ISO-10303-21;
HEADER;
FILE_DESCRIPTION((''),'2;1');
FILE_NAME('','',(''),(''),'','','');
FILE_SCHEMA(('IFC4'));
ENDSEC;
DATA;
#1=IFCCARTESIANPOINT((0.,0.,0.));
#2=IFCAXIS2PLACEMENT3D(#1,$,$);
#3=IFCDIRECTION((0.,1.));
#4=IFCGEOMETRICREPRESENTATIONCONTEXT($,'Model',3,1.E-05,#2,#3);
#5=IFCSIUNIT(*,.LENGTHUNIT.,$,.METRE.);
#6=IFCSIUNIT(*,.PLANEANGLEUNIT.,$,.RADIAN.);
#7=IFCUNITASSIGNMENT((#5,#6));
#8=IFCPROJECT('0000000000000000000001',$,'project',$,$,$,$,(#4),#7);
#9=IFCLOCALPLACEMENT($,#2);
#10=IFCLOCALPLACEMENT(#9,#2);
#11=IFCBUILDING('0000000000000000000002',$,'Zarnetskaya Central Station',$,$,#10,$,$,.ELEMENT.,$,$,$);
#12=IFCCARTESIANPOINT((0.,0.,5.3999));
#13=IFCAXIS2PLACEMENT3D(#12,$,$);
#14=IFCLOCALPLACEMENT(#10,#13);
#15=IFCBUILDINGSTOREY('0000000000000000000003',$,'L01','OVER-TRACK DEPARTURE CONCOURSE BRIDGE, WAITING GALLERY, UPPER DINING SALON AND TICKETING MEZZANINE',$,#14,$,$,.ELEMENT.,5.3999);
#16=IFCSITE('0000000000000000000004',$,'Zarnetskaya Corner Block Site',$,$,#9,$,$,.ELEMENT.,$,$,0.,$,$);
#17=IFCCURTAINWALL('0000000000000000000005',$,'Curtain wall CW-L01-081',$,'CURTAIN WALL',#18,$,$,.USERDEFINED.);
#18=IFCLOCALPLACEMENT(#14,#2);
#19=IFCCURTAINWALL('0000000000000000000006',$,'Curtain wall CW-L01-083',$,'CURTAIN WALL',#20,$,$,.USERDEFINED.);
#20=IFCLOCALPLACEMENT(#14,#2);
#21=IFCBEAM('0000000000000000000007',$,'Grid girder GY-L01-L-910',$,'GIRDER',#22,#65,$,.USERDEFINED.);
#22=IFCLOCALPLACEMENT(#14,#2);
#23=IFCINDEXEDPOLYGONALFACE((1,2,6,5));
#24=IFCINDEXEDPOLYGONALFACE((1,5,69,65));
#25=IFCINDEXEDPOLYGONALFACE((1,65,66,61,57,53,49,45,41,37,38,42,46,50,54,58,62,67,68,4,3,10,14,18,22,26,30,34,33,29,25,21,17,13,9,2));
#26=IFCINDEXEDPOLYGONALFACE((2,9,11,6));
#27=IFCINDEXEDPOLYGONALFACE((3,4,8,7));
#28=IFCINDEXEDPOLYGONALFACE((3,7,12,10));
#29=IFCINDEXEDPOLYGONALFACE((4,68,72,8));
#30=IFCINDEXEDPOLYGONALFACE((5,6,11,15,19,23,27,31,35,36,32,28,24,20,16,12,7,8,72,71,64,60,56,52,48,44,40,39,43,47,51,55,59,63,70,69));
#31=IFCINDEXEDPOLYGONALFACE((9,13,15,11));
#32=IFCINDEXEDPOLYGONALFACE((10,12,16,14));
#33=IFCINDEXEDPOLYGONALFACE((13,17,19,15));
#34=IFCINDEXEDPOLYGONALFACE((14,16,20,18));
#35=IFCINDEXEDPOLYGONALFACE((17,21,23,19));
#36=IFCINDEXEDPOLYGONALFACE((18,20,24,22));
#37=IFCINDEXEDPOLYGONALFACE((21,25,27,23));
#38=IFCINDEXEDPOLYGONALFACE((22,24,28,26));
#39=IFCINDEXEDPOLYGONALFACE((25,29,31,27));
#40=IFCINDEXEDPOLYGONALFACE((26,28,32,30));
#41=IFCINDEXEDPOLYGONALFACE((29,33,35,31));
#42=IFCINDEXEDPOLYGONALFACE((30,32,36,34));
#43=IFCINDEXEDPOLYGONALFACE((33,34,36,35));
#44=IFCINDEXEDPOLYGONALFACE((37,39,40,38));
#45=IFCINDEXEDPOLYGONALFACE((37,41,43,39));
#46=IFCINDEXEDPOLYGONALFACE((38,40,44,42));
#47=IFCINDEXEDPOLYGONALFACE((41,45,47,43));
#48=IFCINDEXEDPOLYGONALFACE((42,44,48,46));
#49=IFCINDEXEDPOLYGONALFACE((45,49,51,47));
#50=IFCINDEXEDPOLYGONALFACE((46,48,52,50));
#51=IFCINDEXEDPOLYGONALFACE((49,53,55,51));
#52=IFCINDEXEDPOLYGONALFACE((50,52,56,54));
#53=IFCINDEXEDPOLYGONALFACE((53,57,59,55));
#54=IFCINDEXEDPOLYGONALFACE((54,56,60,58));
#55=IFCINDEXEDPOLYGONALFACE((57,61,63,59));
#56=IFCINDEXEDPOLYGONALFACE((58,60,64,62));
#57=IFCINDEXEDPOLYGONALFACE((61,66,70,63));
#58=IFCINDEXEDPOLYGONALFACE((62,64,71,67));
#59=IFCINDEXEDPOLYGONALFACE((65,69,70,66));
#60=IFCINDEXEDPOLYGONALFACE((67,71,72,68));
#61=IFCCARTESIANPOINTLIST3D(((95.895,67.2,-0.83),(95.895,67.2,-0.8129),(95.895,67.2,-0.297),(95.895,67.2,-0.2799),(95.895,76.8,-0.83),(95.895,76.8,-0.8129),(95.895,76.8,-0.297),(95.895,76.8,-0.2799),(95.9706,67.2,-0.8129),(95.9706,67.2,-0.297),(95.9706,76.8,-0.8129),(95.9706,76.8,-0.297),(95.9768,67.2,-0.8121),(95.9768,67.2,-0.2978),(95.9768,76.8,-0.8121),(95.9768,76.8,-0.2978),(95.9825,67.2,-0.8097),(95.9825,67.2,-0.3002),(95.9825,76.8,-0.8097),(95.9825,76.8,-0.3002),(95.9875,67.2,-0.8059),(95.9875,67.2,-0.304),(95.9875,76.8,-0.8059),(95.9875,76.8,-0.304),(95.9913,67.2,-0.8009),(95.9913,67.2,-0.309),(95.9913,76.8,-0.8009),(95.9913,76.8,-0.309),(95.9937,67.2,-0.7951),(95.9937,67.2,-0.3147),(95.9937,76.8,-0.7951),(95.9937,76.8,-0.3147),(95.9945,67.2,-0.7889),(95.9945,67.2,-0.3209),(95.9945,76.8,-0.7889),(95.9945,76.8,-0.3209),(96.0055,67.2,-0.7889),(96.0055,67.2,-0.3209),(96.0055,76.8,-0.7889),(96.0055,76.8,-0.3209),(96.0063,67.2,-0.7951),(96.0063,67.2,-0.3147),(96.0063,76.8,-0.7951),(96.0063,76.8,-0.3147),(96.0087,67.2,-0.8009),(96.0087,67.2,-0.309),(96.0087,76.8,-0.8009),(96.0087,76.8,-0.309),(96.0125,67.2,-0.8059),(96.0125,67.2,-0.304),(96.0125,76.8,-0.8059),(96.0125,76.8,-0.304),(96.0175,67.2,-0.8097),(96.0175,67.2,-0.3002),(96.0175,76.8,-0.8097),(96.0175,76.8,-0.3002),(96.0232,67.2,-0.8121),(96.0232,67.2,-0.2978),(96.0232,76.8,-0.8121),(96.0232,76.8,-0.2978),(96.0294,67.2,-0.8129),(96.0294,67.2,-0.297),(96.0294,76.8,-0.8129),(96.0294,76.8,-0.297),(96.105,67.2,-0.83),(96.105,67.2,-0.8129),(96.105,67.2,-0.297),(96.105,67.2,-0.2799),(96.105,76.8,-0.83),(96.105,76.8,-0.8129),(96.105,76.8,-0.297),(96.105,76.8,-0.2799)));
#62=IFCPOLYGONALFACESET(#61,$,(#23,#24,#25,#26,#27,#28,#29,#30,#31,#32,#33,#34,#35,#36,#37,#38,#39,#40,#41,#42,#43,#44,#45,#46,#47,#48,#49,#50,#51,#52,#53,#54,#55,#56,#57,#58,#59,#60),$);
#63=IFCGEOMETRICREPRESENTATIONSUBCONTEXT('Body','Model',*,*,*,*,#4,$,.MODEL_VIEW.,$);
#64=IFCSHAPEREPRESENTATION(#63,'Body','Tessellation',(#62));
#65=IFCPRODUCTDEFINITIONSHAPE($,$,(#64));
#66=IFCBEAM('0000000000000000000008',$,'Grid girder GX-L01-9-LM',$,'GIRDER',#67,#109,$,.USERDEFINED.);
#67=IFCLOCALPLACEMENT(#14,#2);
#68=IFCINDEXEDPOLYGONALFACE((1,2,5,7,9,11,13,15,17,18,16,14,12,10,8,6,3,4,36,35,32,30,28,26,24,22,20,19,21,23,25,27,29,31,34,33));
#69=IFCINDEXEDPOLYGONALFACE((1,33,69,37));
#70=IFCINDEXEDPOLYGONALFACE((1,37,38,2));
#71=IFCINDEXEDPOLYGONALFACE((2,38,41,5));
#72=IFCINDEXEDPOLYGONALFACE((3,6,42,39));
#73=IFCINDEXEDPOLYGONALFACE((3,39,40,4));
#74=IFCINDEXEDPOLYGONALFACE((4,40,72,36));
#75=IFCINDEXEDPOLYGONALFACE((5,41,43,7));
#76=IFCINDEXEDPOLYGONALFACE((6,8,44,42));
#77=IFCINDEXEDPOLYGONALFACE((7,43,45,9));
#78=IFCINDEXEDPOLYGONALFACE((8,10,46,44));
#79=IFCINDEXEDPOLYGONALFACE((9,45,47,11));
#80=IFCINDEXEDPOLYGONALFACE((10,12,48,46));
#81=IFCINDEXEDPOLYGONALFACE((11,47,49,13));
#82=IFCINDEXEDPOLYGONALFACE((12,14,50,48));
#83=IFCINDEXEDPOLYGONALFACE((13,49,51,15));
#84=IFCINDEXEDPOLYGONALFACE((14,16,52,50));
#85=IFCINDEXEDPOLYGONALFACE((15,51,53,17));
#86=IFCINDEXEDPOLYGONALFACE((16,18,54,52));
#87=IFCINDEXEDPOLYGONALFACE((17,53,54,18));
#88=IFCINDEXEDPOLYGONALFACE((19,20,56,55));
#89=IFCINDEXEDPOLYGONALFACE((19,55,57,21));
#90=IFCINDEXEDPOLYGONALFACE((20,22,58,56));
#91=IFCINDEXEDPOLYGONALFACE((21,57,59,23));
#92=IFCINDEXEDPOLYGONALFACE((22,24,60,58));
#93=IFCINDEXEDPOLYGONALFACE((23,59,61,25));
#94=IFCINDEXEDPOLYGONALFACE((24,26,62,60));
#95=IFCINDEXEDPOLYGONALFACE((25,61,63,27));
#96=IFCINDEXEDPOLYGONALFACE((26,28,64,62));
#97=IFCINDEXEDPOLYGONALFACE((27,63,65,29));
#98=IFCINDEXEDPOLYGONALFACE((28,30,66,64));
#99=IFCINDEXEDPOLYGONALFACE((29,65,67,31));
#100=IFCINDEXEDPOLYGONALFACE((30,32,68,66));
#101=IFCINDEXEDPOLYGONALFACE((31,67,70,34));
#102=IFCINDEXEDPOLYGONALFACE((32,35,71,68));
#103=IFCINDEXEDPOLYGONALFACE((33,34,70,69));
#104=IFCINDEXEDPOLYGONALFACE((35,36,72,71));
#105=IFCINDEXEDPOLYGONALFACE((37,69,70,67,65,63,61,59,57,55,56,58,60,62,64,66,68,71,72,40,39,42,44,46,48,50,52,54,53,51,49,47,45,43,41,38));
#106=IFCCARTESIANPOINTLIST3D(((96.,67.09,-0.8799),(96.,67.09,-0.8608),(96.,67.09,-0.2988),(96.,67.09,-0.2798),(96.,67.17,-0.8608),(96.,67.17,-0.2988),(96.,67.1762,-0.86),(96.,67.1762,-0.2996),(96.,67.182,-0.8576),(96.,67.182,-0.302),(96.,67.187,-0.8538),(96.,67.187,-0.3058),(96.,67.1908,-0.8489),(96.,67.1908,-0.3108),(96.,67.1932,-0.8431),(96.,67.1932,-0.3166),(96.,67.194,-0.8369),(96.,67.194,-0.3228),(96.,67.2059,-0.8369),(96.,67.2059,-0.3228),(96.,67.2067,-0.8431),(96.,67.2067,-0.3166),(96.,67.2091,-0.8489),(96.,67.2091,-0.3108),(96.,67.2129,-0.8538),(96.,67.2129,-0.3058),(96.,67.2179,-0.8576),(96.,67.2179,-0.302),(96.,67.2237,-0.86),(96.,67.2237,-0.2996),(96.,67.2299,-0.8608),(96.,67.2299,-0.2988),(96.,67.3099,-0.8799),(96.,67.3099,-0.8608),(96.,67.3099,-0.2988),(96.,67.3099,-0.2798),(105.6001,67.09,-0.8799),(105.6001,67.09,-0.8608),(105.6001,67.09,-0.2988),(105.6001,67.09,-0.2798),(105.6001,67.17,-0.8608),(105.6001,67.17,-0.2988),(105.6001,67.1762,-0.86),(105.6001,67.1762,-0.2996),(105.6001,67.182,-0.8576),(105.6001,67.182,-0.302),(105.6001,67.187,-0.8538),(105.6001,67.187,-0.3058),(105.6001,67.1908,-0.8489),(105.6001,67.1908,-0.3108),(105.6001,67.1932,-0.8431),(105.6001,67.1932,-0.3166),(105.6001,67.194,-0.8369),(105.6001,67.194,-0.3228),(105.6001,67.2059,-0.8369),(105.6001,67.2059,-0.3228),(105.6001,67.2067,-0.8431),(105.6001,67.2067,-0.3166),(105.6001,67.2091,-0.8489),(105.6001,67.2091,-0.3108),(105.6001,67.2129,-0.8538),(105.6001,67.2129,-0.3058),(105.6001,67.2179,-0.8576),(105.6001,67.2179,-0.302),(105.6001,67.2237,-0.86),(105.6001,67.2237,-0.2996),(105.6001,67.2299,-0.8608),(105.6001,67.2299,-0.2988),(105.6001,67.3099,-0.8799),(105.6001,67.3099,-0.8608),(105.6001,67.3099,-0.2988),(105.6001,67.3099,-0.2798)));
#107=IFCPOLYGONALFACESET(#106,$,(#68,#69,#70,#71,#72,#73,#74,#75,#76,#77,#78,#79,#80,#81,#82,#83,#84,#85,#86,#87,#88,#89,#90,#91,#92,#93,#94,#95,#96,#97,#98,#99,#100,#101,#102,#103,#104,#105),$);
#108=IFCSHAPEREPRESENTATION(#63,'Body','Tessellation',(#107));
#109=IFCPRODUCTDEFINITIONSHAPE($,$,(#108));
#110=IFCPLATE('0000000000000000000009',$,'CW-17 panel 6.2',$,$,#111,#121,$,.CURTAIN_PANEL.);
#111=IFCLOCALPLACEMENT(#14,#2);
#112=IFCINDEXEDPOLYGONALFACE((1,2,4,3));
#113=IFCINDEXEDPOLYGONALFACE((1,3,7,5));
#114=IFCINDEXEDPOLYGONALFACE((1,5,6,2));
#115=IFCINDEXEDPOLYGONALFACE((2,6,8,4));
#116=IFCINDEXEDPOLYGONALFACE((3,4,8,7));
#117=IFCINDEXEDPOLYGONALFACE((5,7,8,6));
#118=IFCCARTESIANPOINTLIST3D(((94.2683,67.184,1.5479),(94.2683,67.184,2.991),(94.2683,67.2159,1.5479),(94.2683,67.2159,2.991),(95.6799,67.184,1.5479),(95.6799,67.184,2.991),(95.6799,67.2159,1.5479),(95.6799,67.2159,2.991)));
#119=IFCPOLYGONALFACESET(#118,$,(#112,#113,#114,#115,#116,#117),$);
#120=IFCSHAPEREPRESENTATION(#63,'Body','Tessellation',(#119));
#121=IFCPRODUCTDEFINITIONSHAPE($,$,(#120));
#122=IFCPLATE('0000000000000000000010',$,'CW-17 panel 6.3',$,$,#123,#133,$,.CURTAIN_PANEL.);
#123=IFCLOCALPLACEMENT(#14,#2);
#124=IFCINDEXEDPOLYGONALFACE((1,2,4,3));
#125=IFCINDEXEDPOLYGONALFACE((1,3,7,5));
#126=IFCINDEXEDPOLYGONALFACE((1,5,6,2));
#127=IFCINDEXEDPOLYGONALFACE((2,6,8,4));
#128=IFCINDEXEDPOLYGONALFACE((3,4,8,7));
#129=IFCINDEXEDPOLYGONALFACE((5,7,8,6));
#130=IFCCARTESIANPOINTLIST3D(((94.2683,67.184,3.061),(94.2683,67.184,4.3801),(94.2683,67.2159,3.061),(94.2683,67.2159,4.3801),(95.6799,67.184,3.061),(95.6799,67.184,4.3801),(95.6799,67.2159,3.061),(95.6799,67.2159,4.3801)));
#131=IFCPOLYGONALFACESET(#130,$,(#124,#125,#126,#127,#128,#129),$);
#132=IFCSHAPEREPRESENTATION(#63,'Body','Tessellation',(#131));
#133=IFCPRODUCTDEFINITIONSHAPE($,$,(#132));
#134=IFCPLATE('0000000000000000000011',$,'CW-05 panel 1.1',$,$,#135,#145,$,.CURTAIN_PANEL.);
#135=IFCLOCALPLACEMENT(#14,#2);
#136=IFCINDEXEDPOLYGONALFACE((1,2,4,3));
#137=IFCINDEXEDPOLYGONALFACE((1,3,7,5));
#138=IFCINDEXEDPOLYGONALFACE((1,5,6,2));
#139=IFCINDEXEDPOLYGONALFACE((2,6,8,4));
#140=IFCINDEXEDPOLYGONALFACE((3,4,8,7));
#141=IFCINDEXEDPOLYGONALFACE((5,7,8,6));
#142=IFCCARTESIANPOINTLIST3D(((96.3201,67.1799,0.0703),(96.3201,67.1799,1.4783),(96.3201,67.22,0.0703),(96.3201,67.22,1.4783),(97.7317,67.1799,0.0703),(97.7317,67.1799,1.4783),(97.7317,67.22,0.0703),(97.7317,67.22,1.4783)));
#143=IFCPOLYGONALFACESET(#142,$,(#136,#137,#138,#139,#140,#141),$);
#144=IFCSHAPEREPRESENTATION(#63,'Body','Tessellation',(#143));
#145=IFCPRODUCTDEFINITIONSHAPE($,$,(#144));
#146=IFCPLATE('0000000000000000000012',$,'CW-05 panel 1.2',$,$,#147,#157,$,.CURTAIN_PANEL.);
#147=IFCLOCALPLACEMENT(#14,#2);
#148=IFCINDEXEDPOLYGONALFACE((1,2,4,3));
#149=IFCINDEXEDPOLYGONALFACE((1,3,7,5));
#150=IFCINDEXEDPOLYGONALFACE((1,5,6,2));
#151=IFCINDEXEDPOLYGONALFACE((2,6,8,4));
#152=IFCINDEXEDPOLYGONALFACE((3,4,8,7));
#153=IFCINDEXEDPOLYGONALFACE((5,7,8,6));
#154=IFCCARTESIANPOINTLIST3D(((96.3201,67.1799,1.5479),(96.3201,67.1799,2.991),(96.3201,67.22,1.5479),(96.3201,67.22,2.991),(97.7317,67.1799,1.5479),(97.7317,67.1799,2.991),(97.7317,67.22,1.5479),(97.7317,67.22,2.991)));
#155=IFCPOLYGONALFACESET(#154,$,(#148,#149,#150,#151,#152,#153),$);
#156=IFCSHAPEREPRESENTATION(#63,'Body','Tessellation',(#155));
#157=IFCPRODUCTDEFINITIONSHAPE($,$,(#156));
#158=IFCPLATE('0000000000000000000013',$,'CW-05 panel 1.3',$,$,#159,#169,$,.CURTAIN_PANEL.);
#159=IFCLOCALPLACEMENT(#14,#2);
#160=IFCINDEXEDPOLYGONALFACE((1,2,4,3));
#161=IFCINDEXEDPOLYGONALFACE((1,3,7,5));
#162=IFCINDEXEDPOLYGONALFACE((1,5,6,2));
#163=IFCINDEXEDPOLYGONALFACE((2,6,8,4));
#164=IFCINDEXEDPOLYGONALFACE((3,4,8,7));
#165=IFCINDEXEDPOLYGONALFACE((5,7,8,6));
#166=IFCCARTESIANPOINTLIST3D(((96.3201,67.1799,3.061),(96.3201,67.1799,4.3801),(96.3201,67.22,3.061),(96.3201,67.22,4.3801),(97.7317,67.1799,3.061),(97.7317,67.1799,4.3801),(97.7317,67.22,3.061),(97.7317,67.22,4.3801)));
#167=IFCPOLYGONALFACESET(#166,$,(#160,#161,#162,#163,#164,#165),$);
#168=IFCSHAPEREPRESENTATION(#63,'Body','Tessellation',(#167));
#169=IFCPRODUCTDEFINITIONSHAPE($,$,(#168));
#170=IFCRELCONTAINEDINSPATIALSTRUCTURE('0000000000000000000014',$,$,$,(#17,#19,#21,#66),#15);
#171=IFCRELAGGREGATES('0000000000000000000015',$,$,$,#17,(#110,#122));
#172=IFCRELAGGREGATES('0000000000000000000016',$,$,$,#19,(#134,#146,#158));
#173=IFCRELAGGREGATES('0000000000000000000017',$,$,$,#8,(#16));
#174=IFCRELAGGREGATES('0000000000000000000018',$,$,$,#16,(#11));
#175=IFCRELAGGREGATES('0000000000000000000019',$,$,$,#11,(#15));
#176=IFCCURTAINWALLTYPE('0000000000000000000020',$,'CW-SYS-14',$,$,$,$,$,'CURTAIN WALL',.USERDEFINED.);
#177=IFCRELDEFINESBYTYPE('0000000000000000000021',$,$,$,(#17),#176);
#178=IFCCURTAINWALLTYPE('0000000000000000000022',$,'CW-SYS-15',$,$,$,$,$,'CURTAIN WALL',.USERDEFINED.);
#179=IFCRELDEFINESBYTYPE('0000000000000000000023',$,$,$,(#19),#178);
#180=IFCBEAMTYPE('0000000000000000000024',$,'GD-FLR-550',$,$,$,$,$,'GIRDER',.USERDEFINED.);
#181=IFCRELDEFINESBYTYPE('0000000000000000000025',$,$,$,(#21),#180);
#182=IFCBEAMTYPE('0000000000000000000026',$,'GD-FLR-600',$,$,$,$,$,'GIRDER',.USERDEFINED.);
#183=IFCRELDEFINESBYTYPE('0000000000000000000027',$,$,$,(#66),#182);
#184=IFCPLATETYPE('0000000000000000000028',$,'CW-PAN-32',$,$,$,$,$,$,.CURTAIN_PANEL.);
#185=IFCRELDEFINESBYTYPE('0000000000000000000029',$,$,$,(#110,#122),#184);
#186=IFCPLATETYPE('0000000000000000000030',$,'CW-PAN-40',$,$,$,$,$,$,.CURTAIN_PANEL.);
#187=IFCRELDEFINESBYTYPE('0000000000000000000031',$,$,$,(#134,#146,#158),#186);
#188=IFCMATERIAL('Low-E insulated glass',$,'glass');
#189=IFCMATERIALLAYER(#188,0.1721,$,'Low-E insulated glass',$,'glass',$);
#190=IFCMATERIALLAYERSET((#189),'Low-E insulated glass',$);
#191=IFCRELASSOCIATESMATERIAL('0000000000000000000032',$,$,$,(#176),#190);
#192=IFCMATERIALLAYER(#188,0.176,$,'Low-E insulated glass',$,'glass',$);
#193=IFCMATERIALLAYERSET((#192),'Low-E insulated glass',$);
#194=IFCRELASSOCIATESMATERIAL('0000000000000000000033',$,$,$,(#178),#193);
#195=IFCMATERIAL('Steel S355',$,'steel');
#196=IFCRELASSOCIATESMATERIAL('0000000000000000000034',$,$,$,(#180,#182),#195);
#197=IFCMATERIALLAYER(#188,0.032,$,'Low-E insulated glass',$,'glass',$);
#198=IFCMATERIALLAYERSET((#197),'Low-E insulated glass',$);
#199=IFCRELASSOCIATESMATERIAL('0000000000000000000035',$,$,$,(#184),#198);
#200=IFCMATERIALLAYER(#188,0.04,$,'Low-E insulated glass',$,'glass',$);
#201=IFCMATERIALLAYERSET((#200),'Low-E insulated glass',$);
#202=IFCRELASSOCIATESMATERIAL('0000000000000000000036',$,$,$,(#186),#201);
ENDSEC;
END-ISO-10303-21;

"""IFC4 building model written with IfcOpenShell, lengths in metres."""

from ifc_helpers import new_model, si_unit, direction, frame, origin, origin_2d, place, context, subcontext, project, spatial, rectangle, i_section, extrude, material, layer, layer_set, material_profile, profile_set, type_object, element, aggregate, save


model = new_model("IFC4")

# Units and contexts
model_context = context("Model", 3, precision=1e-05, world=origin(), true_north=direction((0.0, 1.0)))
body_context = subcontext(model_context, "Body", "Model", "MODEL_VIEW")
ifc_project = project(units=[si_unit("LENGTHUNIT", "METRE"), si_unit("PLANEANGLEUNIT", "RADIAN")], contexts=[model_context])

# Site, building, storey
site_placement = place(None, origin())
site = spatial("IfcSite", under=ifc_project, at=site_placement, Name="Zarnetskaya Corner Block Site", CompositionType="ELEMENT", RefElevation=0.0)
building_placement = place(site_placement, origin())
building = spatial("IfcBuilding", under=site, at=building_placement, Name="Zarnetskaya Central Station", CompositionType="ELEMENT")
storey_placement = place(building_placement, frame((0.0, 0.0, 5.3999)))
storey = spatial("IfcBuildingStorey", under=building, at=storey_placement, Name="L01", Description="OVER-TRACK DEPARTURE CONCOURSE BRIDGE, WAITING GALLERY, UPPER DINING SALON AND TICKETING MEZZANINE", CompositionType="ELEMENT", Elevation=5.3999)

# Shared definitions
ifc_material_1 = material(Name="Steel S355", Category="steel")

# Curtain wall
ifc_material_2 = material(Name="Low-E insulated glass", Category="glass")
ifc_layer_1 = layer(ifc_material_2, 0.1721, Name="Low-E insulated glass", Category="glass")
ifc_layer_set_1 = layer_set([ifc_layer_1], Name="Low-E insulated glass")
curtain_wall_type_1 = type_object("IfcCurtainWallType", Name="CW-SYS-14", ElementType="CURTAIN WALL", PredefinedType="USERDEFINED", material=ifc_layer_set_1)
curtain_wall_1_placement = place(storey_placement, origin())
curtain_wall_1 = element("IfcCurtainWall", 1, at=curtain_wall_1_placement, inside=storey, type_object=curtain_wall_type_1, Name="Curtain wall CW-L01-081", ObjectType="CURTAIN WALL", PredefinedType="USERDEFINED")

# Curtain wall
ifc_layer_2 = layer(ifc_material_2, 0.176, Name="Low-E insulated glass", Category="glass")
ifc_layer_set_2 = layer_set([ifc_layer_2], Name="Low-E insulated glass")
curtain_wall_type_2 = type_object("IfcCurtainWallType", Name="CW-SYS-15", ElementType="CURTAIN WALL", PredefinedType="USERDEFINED", material=ifc_layer_set_2)
curtain_wall_2_placement = place(storey_placement, origin())
curtain_wall_2 = element("IfcCurtainWall", 2, at=curtain_wall_2_placement, inside=storey, type_object=curtain_wall_type_2, Name="Curtain wall CW-L01-083", ObjectType="CURTAIN WALL", PredefinedType="USERDEFINED")

# Beams
ifc_material_profile_1 = material_profile(ifc_material_1, i_section(OverallWidth=0.21, OverallDepth=0.55, WebThickness=0.011, FlangeThickness=0.0171, FilletRadius=0.0239, at=origin_2d()), Name="IPE 550")
ifc_profile_set_1 = profile_set([ifc_material_profile_1], Name="Steel S355")
beam_type_1 = type_object("IfcBeamType", Name="GD-FLR-550", ElementType="GIRDER", PredefinedType="USERDEFINED", material=ifc_profile_set_1)
beam_1_placement = place(storey_placement, frame((96.0, 67.2, -0.5549), z_axis=(0.0, 1.0, 0.0), x_axis=(-1.0, 0.0, 0.0)))
element("IfcBeam", 3, at=beam_1_placement, inside=storey, type_object=beam_type_1, Name="Grid girder GY-L01-L-910", ObjectType="GIRDER", PredefinedType="USERDEFINED", context=body_context, shape_type="SweptSolid", body=[
    extrude(i_section(OverallWidth=0.21, OverallDepth=0.55, WebThickness=0.011, FlangeThickness=0.0171, FilletRadius=0.0239, at=origin_2d()), origin(), (0.0, 0.0, 1.0), 9.6001),
])
ifc_material_profile_2 = material_profile(ifc_material_1, i_section(OverallWidth=0.22, OverallDepth=0.6001, WebThickness=0.012, FlangeThickness=0.019, FilletRadius=0.0239, at=origin_2d()), Name="IPE 600")
ifc_profile_set_2 = profile_set([ifc_material_profile_2], Name="Steel S355")
beam_type_2 = type_object("IfcBeamType", Name="GD-FLR-600", ElementType="GIRDER", PredefinedType="USERDEFINED", material=ifc_profile_set_2)
beam_2_placement = place(storey_placement, frame((96.0, 67.2, -0.5798), z_axis=(1.0, 0.0, 0.0), x_axis=(0.0, 1.0, 0.0)))
element("IfcBeam", 4, at=beam_2_placement, inside=storey, type_object=beam_type_2, Name="Grid girder GX-L01-9-LM", ObjectType="GIRDER", PredefinedType="USERDEFINED", context=body_context, shape_type="SweptSolid", body=[
    extrude(i_section(OverallWidth=0.22, OverallDepth=0.6001, WebThickness=0.012, FlangeThickness=0.019, FilletRadius=0.0239, at=origin_2d()), origin(), (0.0, 0.0, 1.0), 9.6001),
])

# Plates
ifc_layer_3 = layer(ifc_material_2, 0.032, Name="Low-E insulated glass", Category="glass")
ifc_layer_set_3 = layer_set([ifc_layer_3], Name="Low-E insulated glass")
plate_type_1 = type_object("IfcPlateType", Name="CW-PAN-32", PredefinedType="CURTAIN_PANEL", material=ifc_layer_set_3)
plate_1_placement = place(storey_placement, frame((94.9741, 67.2, 1.5479), z_axis=(0.0, 0.0, 1.0), x_axis=(1.0, 0.0, 0.0)))
plate_1 = element("IfcPlate", 5, at=plate_1_placement, type_object=plate_type_1, Name="CW-17 panel 6.2", PredefinedType="CURTAIN_PANEL", context=body_context, shape_type="SweptSolid", body=[
    extrude(rectangle(XDim=1.4116, YDim=0.032, at=origin_2d()), origin(), (0.0, 0.0, 1.0), 1.4431),
])
plate_2_placement = place(storey_placement, frame((94.9741, 67.2, 3.061), z_axis=(0.0, 0.0, 1.0), x_axis=(1.0, 0.0, 0.0)))
plate_2 = element("IfcPlate", 6, at=plate_2_placement, type_object=plate_type_1, Name="CW-17 panel 6.3", PredefinedType="CURTAIN_PANEL", context=body_context, shape_type="SweptSolid", body=[
    extrude(rectangle(XDim=1.4116, YDim=0.032, at=origin_2d()), origin(), (0.0, 0.0, 1.0), 1.3191),
])
aggregate(curtain_wall_1, [plate_1, plate_2])
ifc_layer_4 = layer(ifc_material_2, 0.04, Name="Low-E insulated glass", Category="glass")
ifc_layer_set_4 = layer_set([ifc_layer_4], Name="Low-E insulated glass")
plate_type_2 = type_object("IfcPlateType", Name="CW-PAN-40", PredefinedType="CURTAIN_PANEL", material=ifc_layer_set_4)
plate_3_placement = place(storey_placement, frame((97.0259, 67.2, 0.0703), z_axis=(0.0, 0.0, 1.0), x_axis=(1.0, 0.0, 0.0)))
plate_3 = element("IfcPlate", 7, at=plate_3_placement, type_object=plate_type_2, Name="CW-05 panel 1.1", PredefinedType="CURTAIN_PANEL", context=body_context, shape_type="SweptSolid", body=[
    extrude(rectangle(XDim=1.4116, YDim=0.04, at=origin_2d()), origin(), (0.0, 0.0, 1.0), 1.408),
])
plate_4_placement = place(storey_placement, frame((97.0259, 67.2, 1.5479), z_axis=(0.0, 0.0, 1.0), x_axis=(1.0, 0.0, 0.0)))
plate_4 = element("IfcPlate", 8, at=plate_4_placement, type_object=plate_type_2, Name="CW-05 panel 1.2", PredefinedType="CURTAIN_PANEL", context=body_context, shape_type="SweptSolid", body=[
    extrude(rectangle(XDim=1.4116, YDim=0.04, at=origin_2d()), origin(), (0.0, 0.0, 1.0), 1.4431),
])
plate_5_placement = place(storey_placement, frame((97.0259, 67.2, 3.061), z_axis=(0.0, 0.0, 1.0), x_axis=(1.0, 0.0, 0.0)))
plate_5 = element("IfcPlate", 9, at=plate_5_placement, type_object=plate_type_2, Name="CW-05 panel 1.3", PredefinedType="CURTAIN_PANEL", context=body_context, shape_type="SweptSolid", body=[
    extrude(rectangle(XDim=1.4116, YDim=0.04, at=origin_2d()), origin(), (0.0, 0.0, 1.0), 1.3191),
])
aggregate(curtain_wall_2, [plate_3, plate_4, plate_5])

save(model, "model.ifc")
